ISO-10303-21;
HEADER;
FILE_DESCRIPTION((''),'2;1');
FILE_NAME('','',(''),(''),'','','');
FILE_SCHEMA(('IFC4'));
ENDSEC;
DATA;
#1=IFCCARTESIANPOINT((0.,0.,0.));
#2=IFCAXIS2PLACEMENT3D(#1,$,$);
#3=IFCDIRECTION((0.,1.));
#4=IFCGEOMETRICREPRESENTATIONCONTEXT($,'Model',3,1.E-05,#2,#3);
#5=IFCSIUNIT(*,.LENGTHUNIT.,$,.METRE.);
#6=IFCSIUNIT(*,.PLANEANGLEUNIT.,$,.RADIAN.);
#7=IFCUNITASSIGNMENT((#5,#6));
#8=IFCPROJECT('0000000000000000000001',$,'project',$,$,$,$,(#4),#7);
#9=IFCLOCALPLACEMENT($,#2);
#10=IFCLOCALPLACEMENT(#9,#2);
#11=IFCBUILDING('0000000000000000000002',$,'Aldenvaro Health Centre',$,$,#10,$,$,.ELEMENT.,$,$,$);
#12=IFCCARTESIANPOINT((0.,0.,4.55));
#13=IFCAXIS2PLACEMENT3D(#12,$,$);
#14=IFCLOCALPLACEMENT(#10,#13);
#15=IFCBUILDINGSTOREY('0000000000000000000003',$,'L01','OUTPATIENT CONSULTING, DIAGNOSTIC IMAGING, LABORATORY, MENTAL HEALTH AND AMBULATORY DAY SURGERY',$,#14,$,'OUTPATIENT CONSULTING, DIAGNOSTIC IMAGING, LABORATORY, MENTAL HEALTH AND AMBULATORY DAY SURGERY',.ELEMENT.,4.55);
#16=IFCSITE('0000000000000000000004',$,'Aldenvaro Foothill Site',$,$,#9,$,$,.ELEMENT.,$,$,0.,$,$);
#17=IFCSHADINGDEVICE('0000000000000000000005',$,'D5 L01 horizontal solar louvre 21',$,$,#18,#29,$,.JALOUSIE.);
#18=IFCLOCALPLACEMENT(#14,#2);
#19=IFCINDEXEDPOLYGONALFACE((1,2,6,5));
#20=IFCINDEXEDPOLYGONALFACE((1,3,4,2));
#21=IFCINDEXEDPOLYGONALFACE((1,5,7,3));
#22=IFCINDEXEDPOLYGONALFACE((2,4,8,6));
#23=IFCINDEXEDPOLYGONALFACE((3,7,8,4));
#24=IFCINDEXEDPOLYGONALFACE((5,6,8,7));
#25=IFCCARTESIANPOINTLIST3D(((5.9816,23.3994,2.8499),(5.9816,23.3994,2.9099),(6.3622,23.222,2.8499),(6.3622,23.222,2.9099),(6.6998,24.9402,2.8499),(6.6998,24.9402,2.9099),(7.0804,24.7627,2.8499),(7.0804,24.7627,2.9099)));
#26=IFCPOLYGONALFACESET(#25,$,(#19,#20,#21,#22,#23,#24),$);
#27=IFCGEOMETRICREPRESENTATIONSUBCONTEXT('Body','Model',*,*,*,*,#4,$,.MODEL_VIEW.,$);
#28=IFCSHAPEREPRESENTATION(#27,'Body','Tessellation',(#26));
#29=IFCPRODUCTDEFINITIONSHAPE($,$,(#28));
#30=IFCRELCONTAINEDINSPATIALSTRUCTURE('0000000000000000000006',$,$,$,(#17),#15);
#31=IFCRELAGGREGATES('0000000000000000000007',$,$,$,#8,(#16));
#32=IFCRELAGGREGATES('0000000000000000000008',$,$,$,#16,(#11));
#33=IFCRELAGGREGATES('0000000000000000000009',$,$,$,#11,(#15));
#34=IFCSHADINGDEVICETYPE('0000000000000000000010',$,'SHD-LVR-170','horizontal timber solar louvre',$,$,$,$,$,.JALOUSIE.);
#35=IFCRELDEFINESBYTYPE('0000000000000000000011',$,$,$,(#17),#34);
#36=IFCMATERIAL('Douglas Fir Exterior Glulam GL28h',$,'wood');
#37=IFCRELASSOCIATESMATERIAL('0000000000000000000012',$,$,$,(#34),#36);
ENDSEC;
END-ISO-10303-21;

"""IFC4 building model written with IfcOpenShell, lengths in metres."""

from ifc_helpers import new_model, si_unit, direction, frame, origin, origin_2d, place, context, subcontext, project, spatial, rectangle, extrude, material, type_object, element, save


model = new_model("IFC4")

# Units and contexts
model_context = context("Model", 3, precision=1e-05, world=origin(), true_north=direction((0.0, 1.0)))
body_context = subcontext(model_context, "Body", "Model", "MODEL_VIEW")
ifc_project = project(units=[si_unit("LENGTHUNIT", "METRE"), si_unit("PLANEANGLEUNIT", "RADIAN")], contexts=[model_context])

# Site, building, storey
site_placement = place(None, origin())
site = spatial("IfcSite", under=ifc_project, at=site_placement, Name="Aldenvaro Foothill Site", CompositionType="ELEMENT", RefElevation=0.0)
building_placement = place(site_placement, origin())
building = spatial("IfcBuilding", under=site, at=building_placement, Name="Aldenvaro Health Centre", CompositionType="ELEMENT")
storey_placement = place(building_placement, frame((0.0, 0.0, 4.55)))
storey = spatial("IfcBuildingStorey", under=building, at=storey_placement, Name="L01", Description="OUTPATIENT CONSULTING, DIAGNOSTIC IMAGING, LABORATORY, MENTAL HEALTH AND AMBULATORY DAY SURGERY", LongName="OUTPATIENT CONSULTING, DIAGNOSTIC IMAGING, LABORATORY, MENTAL HEALTH AND AMBULATORY DAY SURGERY", CompositionType="ELEMENT", Elevation=4.55)

# Shading device
ifc_material_1 = material(Name="Douglas Fir Exterior Glulam GL28h", Category="wood")
shading_device_type_1 = type_object("IfcShadingDeviceType", Name="SHD-LVR-170", Description="horizontal timber solar louvre", PredefinedType="JALOUSIE", material=ifc_material_1)
shading_device_1_placement = place(storey_placement, frame((6.531, 24.0811, 2.8499), z_axis=(0.0, 0.0, 1.0), x_axis=(0.422496, 0.906365, 0.0)))
element("IfcShadingDevice", 1, at=shading_device_1_placement, inside=storey, type_object=shading_device_type_1, Name="D5 L01 horizontal solar louvre 21", PredefinedType="JALOUSIE", context=body_context, shape_type="SweptSolid", body=[
    extrude(rectangle(XDim=1.7, YDim=0.4199, at=origin_2d()), origin(), (0.0, 0.0, 1.0), 0.0601),
])

save(model, "model.ifc")
